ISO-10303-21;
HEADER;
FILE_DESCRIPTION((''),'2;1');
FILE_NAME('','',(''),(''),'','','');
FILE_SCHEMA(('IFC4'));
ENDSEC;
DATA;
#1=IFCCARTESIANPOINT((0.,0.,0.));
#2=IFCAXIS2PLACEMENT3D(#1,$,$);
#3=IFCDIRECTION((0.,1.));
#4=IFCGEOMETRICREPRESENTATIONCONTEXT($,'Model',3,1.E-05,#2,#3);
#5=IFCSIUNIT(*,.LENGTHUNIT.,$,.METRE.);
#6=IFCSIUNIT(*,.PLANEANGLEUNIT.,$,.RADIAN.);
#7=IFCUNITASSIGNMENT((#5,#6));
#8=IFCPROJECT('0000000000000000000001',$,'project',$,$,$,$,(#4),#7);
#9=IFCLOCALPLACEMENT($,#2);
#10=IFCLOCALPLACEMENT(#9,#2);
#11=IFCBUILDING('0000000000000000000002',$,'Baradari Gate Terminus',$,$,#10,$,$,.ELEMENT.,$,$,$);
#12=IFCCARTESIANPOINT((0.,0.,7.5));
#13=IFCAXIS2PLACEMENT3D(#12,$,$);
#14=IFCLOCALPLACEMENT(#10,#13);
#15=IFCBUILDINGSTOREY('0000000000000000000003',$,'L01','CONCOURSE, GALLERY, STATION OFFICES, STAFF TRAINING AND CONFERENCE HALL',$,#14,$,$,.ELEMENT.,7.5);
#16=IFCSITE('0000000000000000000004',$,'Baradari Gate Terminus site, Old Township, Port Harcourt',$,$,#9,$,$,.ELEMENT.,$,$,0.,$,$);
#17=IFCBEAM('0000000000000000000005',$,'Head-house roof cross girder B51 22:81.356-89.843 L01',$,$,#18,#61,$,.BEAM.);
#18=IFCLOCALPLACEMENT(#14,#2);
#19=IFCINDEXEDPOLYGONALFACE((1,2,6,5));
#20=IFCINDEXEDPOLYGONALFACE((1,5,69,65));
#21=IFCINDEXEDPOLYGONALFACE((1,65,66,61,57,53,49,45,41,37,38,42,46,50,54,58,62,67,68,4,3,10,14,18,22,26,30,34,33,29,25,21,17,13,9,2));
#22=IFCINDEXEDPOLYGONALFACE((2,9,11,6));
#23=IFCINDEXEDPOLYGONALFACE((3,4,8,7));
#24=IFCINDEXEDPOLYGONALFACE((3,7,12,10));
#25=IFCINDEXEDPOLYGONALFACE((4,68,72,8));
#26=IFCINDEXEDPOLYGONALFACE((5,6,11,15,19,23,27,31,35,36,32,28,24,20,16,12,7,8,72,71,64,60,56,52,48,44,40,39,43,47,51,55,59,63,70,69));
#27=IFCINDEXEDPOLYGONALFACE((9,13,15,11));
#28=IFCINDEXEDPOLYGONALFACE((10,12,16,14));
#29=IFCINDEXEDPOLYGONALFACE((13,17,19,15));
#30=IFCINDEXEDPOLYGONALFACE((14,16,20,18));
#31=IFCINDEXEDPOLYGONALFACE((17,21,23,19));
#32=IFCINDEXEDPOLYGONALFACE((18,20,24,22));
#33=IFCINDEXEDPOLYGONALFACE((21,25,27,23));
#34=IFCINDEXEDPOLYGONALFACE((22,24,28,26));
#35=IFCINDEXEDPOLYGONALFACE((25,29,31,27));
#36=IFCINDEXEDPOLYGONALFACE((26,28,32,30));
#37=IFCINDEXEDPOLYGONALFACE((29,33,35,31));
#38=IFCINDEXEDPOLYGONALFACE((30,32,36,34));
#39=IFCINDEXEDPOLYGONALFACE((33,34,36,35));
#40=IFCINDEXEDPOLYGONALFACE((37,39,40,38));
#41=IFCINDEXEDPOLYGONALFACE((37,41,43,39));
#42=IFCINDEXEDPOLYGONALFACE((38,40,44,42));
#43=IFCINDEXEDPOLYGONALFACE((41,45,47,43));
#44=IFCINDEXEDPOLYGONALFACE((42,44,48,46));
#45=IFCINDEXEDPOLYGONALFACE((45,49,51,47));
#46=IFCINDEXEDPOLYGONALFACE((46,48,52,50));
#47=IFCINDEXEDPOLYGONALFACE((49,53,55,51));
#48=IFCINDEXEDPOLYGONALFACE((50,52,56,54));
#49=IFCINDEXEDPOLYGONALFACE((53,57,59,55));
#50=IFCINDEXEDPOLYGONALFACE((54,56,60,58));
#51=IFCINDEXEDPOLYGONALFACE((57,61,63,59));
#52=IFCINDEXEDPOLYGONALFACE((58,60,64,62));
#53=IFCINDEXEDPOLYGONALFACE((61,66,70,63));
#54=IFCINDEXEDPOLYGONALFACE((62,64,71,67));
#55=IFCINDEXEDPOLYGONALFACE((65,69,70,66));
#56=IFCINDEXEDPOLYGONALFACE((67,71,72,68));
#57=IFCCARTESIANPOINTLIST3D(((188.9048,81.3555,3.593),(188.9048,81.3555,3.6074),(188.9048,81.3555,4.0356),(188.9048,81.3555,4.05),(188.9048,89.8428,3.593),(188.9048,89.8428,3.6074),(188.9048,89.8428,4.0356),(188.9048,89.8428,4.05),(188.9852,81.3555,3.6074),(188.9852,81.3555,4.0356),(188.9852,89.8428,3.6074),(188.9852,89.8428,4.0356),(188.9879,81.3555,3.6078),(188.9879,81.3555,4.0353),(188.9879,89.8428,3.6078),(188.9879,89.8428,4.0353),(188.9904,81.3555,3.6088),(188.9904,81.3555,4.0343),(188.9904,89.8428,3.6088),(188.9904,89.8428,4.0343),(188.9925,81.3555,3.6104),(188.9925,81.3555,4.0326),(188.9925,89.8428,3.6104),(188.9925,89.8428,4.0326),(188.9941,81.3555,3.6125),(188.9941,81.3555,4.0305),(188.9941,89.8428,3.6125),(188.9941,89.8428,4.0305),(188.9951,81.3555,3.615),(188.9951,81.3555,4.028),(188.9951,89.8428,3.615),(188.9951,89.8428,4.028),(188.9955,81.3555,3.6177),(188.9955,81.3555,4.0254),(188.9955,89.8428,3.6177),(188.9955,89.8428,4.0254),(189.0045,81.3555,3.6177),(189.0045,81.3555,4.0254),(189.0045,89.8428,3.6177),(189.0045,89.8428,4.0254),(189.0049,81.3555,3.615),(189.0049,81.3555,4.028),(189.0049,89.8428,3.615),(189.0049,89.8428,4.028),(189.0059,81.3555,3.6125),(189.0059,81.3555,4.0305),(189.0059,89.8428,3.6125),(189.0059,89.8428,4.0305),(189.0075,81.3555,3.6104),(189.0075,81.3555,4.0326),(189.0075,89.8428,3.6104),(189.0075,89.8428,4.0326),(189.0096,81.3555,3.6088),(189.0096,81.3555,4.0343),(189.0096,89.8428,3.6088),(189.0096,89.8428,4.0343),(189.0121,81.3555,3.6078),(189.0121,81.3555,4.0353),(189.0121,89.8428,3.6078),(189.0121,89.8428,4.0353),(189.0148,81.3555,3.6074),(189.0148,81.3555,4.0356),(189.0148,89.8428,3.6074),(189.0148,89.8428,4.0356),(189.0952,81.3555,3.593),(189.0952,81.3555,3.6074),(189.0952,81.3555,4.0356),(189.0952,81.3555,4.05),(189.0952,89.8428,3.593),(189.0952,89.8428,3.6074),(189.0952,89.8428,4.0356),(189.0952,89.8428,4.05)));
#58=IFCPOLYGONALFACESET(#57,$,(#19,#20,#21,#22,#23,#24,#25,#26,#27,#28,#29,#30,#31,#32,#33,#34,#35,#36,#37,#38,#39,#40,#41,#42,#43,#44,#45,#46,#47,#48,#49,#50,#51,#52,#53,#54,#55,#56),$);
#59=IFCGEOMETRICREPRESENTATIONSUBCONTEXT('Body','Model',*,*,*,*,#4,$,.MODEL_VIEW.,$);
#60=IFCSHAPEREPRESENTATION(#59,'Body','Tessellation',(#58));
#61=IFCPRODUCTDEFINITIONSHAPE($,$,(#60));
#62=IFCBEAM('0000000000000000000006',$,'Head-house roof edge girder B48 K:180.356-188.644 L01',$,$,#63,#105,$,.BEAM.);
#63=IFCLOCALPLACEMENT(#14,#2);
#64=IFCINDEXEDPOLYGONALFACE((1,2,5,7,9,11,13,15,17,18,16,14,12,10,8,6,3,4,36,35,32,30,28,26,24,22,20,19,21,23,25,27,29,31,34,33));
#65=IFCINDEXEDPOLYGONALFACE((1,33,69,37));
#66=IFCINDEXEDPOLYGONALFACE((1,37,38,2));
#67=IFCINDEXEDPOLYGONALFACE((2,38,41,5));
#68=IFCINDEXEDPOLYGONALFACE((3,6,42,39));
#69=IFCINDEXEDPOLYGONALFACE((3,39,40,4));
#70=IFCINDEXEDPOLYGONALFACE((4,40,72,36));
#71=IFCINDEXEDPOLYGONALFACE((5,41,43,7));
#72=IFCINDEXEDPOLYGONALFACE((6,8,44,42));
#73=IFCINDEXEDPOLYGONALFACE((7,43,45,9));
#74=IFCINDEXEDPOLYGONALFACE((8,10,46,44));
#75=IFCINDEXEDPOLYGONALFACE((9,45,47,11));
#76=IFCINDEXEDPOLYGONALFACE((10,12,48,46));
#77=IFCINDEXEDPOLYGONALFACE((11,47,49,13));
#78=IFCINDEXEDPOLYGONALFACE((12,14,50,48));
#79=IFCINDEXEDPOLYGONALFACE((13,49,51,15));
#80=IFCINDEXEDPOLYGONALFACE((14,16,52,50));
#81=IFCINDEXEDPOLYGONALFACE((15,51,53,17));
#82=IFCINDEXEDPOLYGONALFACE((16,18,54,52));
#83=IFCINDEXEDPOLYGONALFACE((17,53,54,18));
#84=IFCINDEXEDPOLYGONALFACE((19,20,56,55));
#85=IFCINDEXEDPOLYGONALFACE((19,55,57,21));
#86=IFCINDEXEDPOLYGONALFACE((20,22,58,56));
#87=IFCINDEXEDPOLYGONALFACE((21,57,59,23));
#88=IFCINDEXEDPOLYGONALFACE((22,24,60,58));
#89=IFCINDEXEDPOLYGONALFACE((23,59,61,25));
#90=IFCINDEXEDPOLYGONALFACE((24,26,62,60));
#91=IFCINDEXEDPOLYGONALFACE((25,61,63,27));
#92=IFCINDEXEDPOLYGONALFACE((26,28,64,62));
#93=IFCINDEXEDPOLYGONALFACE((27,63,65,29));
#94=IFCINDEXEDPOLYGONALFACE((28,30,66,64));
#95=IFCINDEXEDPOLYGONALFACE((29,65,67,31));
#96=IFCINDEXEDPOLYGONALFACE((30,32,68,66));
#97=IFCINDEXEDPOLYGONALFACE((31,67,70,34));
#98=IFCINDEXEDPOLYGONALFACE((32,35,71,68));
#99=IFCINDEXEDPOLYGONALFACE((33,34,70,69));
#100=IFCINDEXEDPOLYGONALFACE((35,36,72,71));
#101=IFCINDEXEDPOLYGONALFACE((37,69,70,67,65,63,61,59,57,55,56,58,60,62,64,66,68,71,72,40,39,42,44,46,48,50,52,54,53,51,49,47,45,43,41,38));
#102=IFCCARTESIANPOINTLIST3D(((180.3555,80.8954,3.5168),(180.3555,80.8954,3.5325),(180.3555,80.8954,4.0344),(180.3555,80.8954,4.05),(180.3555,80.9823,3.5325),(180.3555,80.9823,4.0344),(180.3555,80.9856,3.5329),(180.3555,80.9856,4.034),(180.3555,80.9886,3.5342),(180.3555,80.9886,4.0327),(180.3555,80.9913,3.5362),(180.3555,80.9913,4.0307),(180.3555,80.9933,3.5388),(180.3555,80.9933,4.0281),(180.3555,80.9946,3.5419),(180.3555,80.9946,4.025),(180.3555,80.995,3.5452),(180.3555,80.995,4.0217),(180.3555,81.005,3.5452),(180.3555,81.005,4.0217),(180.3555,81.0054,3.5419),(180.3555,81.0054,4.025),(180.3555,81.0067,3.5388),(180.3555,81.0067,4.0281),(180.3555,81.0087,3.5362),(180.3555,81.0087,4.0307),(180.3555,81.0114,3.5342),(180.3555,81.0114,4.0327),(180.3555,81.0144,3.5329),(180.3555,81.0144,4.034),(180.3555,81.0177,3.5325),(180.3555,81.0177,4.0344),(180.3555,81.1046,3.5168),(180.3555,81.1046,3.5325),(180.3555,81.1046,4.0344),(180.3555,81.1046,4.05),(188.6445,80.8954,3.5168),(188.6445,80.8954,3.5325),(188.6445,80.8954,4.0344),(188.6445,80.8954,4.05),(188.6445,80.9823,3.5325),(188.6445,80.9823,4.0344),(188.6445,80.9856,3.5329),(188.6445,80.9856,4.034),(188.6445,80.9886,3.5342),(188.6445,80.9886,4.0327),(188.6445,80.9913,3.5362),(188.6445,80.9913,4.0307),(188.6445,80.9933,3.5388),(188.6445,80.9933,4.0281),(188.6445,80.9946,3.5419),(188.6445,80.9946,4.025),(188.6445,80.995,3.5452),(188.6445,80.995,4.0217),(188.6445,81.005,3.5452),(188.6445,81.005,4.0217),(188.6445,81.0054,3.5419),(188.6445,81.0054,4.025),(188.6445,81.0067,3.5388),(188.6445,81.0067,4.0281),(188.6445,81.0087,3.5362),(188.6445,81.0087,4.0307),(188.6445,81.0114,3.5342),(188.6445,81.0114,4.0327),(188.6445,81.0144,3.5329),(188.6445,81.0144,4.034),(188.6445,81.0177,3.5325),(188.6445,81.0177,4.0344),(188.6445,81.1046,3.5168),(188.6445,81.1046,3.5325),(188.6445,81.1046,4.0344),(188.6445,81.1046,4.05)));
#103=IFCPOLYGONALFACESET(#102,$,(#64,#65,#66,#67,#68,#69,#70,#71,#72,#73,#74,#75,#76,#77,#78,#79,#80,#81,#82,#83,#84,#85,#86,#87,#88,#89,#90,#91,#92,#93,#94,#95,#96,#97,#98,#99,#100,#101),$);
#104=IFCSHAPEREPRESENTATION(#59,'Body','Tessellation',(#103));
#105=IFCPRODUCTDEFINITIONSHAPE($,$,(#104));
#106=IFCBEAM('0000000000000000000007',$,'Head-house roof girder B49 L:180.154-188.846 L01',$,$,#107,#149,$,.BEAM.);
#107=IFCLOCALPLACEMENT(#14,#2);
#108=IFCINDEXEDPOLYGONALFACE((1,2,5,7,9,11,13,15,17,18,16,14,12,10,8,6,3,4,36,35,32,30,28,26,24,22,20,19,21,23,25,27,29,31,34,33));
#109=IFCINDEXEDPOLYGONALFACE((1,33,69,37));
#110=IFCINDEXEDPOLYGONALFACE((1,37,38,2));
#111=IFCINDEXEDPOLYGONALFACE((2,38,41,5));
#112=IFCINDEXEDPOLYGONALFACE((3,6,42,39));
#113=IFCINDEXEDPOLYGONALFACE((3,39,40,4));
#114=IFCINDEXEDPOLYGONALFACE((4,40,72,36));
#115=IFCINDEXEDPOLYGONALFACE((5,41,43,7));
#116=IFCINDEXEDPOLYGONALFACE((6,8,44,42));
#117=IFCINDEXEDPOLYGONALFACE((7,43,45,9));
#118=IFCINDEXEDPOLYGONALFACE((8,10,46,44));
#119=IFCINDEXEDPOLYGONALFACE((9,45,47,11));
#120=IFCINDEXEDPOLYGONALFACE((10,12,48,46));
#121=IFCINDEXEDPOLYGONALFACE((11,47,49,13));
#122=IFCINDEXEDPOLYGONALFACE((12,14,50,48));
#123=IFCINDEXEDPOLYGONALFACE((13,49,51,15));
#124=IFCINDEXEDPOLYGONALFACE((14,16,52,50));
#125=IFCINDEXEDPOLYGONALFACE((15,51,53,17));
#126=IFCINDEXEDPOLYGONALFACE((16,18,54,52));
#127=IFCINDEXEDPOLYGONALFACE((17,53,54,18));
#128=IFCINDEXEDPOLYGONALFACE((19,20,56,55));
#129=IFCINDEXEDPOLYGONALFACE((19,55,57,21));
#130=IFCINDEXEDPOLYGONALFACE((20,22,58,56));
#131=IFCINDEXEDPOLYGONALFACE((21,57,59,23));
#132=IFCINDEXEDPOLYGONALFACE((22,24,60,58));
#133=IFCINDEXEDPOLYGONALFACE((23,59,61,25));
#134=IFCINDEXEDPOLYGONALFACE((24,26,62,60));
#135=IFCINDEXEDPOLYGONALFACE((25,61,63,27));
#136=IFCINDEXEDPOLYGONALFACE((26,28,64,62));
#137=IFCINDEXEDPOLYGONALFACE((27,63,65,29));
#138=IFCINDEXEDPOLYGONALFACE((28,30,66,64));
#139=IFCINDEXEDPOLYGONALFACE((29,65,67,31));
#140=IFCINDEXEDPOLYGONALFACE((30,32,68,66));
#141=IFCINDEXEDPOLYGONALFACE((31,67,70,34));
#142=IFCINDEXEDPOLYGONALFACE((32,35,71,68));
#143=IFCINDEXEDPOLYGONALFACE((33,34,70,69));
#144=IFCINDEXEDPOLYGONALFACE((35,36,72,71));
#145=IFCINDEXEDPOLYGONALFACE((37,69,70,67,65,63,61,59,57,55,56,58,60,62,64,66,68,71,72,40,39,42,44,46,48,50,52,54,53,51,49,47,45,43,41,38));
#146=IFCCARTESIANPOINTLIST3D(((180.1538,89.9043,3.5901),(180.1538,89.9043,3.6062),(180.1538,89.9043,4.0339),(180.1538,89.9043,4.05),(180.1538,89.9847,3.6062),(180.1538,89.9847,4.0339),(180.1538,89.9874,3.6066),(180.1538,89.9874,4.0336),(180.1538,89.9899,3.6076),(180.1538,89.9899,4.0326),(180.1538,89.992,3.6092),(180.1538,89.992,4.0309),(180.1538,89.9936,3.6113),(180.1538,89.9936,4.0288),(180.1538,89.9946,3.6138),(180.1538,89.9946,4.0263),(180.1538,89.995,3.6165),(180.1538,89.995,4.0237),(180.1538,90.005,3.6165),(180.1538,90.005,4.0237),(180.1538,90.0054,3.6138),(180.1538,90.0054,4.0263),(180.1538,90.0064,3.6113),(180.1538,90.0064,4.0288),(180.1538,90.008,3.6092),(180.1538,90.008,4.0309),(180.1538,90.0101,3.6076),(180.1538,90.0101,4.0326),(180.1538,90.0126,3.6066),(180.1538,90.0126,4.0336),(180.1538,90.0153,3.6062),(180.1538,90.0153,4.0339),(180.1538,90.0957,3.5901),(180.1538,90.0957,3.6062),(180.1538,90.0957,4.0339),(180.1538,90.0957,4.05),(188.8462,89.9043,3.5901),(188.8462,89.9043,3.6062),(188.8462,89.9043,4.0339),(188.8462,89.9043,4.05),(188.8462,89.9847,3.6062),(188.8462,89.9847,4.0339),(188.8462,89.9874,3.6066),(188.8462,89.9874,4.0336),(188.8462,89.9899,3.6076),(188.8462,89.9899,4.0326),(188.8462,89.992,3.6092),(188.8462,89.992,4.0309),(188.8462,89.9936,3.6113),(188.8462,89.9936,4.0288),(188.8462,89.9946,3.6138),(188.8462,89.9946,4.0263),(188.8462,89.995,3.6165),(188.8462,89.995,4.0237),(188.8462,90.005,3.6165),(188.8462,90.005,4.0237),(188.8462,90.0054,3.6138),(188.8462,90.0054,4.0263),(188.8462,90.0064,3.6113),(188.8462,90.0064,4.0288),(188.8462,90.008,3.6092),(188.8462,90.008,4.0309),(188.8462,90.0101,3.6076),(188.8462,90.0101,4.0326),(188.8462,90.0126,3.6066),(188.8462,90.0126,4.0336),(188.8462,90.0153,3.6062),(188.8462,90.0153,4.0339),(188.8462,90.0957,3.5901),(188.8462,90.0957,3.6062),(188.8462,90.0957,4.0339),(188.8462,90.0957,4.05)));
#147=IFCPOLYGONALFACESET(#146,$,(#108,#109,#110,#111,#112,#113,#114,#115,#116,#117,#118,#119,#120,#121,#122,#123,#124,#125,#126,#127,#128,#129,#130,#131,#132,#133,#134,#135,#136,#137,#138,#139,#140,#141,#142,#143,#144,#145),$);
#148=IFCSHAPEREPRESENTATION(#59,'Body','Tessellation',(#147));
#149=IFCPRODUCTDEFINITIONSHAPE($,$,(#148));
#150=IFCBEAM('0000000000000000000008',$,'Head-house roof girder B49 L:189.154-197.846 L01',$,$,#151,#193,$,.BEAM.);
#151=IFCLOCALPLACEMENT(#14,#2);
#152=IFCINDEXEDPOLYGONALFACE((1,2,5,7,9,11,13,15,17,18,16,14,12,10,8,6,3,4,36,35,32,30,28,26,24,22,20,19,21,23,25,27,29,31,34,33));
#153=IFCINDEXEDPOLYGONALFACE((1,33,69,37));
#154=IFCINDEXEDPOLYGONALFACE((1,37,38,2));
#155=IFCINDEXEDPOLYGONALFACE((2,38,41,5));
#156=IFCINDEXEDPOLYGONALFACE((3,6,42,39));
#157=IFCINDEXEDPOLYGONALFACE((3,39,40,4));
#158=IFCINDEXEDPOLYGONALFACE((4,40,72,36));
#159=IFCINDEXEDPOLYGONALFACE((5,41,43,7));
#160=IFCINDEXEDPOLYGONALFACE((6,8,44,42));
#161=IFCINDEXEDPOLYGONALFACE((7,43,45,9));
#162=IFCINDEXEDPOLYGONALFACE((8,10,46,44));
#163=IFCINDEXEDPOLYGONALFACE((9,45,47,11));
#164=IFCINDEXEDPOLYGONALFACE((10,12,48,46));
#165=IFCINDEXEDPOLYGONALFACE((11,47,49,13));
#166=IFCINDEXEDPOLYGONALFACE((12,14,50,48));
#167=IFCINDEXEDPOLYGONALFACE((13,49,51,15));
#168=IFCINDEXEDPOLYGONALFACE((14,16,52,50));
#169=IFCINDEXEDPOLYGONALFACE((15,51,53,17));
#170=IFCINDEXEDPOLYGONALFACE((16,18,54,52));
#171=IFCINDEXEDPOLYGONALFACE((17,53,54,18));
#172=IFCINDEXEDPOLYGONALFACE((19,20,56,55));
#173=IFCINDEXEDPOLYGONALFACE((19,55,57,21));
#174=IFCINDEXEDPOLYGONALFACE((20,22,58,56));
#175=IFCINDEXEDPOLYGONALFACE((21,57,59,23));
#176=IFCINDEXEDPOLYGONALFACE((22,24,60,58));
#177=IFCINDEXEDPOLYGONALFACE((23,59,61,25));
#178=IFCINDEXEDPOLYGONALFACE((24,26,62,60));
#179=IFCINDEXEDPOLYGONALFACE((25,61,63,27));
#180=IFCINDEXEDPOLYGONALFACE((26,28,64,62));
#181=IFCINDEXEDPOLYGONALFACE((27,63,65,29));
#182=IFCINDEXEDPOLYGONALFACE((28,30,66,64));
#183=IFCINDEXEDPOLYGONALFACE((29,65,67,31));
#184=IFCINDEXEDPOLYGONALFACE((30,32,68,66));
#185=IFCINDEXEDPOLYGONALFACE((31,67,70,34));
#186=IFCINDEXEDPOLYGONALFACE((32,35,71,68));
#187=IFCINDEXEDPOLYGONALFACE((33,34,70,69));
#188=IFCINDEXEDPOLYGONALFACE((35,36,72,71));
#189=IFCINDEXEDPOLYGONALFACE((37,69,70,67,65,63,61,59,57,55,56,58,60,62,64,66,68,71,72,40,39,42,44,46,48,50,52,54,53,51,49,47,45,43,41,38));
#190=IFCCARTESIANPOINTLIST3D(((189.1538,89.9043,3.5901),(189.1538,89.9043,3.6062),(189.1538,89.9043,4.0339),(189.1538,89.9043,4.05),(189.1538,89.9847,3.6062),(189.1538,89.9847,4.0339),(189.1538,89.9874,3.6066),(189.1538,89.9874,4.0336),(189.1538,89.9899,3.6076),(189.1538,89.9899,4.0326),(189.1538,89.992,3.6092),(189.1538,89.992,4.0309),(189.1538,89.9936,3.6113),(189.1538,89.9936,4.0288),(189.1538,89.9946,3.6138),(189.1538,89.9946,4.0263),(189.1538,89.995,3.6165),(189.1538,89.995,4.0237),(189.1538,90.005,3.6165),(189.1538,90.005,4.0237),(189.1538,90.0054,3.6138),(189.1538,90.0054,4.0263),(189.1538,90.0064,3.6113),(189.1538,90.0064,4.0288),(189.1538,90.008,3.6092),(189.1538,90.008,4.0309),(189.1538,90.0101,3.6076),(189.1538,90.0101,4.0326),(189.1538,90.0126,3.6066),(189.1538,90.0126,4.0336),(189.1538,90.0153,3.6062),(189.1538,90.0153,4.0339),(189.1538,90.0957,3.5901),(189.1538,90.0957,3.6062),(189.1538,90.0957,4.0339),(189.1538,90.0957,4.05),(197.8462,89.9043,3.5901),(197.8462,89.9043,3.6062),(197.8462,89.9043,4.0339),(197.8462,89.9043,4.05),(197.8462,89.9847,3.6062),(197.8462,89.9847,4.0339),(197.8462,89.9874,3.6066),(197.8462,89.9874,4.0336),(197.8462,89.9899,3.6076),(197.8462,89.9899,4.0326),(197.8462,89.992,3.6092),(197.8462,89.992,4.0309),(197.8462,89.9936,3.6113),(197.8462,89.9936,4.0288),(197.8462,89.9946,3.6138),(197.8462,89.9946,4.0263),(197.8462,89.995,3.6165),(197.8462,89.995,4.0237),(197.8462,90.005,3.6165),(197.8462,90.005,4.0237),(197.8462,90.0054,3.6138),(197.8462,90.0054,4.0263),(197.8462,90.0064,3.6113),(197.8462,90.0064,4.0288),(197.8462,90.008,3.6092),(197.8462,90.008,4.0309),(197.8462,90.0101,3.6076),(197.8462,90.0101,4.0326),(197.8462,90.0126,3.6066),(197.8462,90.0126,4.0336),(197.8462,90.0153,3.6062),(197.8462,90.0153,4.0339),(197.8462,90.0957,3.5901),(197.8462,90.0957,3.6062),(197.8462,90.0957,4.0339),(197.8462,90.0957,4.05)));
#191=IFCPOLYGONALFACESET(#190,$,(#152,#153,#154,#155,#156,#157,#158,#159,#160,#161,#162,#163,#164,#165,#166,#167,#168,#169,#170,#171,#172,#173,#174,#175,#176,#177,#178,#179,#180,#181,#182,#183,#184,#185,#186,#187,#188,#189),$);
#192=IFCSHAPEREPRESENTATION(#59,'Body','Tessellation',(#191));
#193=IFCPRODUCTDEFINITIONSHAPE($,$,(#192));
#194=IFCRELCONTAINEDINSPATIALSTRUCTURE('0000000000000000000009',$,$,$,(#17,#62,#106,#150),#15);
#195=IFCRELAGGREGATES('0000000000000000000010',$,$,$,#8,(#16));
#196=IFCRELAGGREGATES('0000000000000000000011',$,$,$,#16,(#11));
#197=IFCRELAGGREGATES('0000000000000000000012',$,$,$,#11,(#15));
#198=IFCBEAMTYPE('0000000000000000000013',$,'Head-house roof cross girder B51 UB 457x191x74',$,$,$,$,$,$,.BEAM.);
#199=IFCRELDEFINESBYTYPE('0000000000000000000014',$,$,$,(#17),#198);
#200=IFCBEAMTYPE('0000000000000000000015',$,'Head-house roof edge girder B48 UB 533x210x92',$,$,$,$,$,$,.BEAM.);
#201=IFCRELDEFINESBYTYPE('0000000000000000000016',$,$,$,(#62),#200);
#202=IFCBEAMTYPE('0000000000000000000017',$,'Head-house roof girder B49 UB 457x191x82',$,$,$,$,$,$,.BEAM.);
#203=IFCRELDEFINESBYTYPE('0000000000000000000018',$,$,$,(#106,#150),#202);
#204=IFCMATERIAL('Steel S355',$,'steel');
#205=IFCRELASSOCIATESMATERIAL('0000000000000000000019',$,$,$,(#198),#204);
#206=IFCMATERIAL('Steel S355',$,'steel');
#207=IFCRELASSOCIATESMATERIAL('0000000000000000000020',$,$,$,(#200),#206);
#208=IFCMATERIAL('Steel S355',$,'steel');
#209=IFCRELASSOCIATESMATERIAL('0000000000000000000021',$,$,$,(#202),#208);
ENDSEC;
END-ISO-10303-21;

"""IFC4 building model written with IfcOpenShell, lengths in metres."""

from ifc_helpers import new_model, si_unit, direction, frame, origin, origin_2d, place, context, subcontext, project, spatial, i_section, extrude, material, material_profile, profile_set, type_object, element, save


model = new_model("IFC4")

# Units and contexts
model_context = context("Model", 3, precision=1e-05, world=origin(), true_north=direction((0.0, 1.0)))
body_context = subcontext(model_context, "Body", "Model", "MODEL_VIEW")
ifc_project = project(units=[si_unit("LENGTHUNIT", "METRE"), si_unit("PLANEANGLEUNIT", "RADIAN")], contexts=[model_context])

# Site, building, storey
site_placement = place(None, origin())
site = spatial("IfcSite", under=ifc_project, at=site_placement, Name="Baradari Gate Terminus site, Old Township, Port Harcourt", CompositionType="ELEMENT", RefElevation=0.0)
building_placement = place(site_placement, origin())
building = spatial("IfcBuilding", under=site, at=building_placement, Name="Baradari Gate Terminus", CompositionType="ELEMENT")
storey_placement = place(building_placement, frame((0.0, 0.0, 7.5)))
storey = spatial("IfcBuildingStorey", under=building, at=storey_placement, Name="L01", Description="CONCOURSE, GALLERY, STATION OFFICES, STAFF TRAINING AND CONFERENCE HALL", CompositionType="ELEMENT", Elevation=7.5)

# Beams
ifc_material_1 = material(Name="Steel S355", Category="steel")
ifc_material_profile_1 = material_profile(ifc_material_1, i_section(OverallWidth=0.1904, OverallDepth=0.457, WebThickness=0.009, FlangeThickness=0.0144, FilletRadius=0.0103, at=origin_2d()), Name="UB 457x191x74")
ifc_profile_set_1 = profile_set([ifc_material_profile_1], Name="Steel S355")
beam_type_1 = type_object("IfcBeamType", Name="Head-house roof cross girder B51 UB 457x191x74", PredefinedType="BEAM", material=ifc_profile_set_1)
for number, where, z_axis, x_axis, name in (
    (1, (189.0, 81.3555, 3.8215), (0.0, 1.0, 0.0), (-1.0, 0.0, 0.0), "Head-house roof cross girder B51 22:81.356-89.843 L01"),
):
    element("IfcBeam", number, at=place(storey_placement, frame(where, z_axis=z_axis, x_axis=x_axis)), inside=storey, type_object=beam_type_1, Name=name, PredefinedType="BEAM", context=body_context, shape_type="SweptSolid", body=[
        extrude(i_section(OverallWidth=0.1904, OverallDepth=0.457, WebThickness=0.009, FlangeThickness=0.0144, FilletRadius=0.0103, at=origin_2d()), origin(), (0.0, 0.0, 1.0), 8.4873),
    ])
ifc_material_2 = material(Name="Steel S355", Category="steel")
ifc_material_profile_2 = material_profile(ifc_material_2, i_section(OverallWidth=0.2092, OverallDepth=0.5332, WebThickness=0.01, FlangeThickness=0.0156, FilletRadius=0.0127, at=origin_2d()), Name="UB 533x210x92")
ifc_profile_set_2 = profile_set([ifc_material_profile_2], Name="Steel S355")
beam_type_2 = type_object("IfcBeamType", Name="Head-house roof edge girder B48 UB 533x210x92", PredefinedType="BEAM", material=ifc_profile_set_2)
beam_1_placement = place(storey_placement, frame((180.3555, 81.0, 3.7834), z_axis=(1.0, 0.0, 0.0), x_axis=(0.0, 1.0, 0.0)))
element("IfcBeam", 2, at=beam_1_placement, inside=storey, type_object=beam_type_2, Name="Head-house roof edge girder B48 K:180.356-188.644 L01", PredefinedType="BEAM", context=body_context, shape_type="SweptSolid", body=[
    extrude(i_section(OverallWidth=0.2092, OverallDepth=0.5332, WebThickness=0.01, FlangeThickness=0.0156, FilletRadius=0.0127, at=origin_2d()), origin(), (0.0, 0.0, 1.0), 8.2891),
])
ifc_material_3 = material(Name="Steel S355", Category="steel")
ifc_material_profile_3 = material_profile(ifc_material_3, i_section(OverallWidth=0.1914, OverallDepth=0.46, WebThickness=0.01, FlangeThickness=0.0161, FilletRadius=0.0103, at=origin_2d()), Name="UB 457x191x82")
ifc_profile_set_3 = profile_set([ifc_material_profile_3], Name="Steel S355")
beam_type_3 = type_object("IfcBeamType", Name="Head-house roof girder B49 UB 457x191x82", PredefinedType="BEAM", material=ifc_profile_set_3)
for number, where, z_axis, x_axis, name in (
    (3, (180.1538, 90.0, 3.8201), (1.0, 0.0, 0.0), (0.0, 1.0, 0.0), "Head-house roof girder B49 L:180.154-188.846 L01"),
    (4, (189.1538, 90.0, 3.8201), (1.0, 0.0, 0.0), (0.0, 1.0, 0.0), "Head-house roof girder B49 L:189.154-197.846 L01"),
):
    element("IfcBeam", number, at=place(storey_placement, frame(where, z_axis=z_axis, x_axis=x_axis)), inside=storey, type_object=beam_type_3, Name=name, PredefinedType="BEAM", context=body_context, shape_type="SweptSolid", body=[
        extrude(i_section(OverallWidth=0.1914, OverallDepth=0.46, WebThickness=0.01, FlangeThickness=0.0161, FilletRadius=0.0103, at=origin_2d()), origin(), (0.0, 0.0, 1.0), 8.6924),
    ])

save(model, "model.ifc")
